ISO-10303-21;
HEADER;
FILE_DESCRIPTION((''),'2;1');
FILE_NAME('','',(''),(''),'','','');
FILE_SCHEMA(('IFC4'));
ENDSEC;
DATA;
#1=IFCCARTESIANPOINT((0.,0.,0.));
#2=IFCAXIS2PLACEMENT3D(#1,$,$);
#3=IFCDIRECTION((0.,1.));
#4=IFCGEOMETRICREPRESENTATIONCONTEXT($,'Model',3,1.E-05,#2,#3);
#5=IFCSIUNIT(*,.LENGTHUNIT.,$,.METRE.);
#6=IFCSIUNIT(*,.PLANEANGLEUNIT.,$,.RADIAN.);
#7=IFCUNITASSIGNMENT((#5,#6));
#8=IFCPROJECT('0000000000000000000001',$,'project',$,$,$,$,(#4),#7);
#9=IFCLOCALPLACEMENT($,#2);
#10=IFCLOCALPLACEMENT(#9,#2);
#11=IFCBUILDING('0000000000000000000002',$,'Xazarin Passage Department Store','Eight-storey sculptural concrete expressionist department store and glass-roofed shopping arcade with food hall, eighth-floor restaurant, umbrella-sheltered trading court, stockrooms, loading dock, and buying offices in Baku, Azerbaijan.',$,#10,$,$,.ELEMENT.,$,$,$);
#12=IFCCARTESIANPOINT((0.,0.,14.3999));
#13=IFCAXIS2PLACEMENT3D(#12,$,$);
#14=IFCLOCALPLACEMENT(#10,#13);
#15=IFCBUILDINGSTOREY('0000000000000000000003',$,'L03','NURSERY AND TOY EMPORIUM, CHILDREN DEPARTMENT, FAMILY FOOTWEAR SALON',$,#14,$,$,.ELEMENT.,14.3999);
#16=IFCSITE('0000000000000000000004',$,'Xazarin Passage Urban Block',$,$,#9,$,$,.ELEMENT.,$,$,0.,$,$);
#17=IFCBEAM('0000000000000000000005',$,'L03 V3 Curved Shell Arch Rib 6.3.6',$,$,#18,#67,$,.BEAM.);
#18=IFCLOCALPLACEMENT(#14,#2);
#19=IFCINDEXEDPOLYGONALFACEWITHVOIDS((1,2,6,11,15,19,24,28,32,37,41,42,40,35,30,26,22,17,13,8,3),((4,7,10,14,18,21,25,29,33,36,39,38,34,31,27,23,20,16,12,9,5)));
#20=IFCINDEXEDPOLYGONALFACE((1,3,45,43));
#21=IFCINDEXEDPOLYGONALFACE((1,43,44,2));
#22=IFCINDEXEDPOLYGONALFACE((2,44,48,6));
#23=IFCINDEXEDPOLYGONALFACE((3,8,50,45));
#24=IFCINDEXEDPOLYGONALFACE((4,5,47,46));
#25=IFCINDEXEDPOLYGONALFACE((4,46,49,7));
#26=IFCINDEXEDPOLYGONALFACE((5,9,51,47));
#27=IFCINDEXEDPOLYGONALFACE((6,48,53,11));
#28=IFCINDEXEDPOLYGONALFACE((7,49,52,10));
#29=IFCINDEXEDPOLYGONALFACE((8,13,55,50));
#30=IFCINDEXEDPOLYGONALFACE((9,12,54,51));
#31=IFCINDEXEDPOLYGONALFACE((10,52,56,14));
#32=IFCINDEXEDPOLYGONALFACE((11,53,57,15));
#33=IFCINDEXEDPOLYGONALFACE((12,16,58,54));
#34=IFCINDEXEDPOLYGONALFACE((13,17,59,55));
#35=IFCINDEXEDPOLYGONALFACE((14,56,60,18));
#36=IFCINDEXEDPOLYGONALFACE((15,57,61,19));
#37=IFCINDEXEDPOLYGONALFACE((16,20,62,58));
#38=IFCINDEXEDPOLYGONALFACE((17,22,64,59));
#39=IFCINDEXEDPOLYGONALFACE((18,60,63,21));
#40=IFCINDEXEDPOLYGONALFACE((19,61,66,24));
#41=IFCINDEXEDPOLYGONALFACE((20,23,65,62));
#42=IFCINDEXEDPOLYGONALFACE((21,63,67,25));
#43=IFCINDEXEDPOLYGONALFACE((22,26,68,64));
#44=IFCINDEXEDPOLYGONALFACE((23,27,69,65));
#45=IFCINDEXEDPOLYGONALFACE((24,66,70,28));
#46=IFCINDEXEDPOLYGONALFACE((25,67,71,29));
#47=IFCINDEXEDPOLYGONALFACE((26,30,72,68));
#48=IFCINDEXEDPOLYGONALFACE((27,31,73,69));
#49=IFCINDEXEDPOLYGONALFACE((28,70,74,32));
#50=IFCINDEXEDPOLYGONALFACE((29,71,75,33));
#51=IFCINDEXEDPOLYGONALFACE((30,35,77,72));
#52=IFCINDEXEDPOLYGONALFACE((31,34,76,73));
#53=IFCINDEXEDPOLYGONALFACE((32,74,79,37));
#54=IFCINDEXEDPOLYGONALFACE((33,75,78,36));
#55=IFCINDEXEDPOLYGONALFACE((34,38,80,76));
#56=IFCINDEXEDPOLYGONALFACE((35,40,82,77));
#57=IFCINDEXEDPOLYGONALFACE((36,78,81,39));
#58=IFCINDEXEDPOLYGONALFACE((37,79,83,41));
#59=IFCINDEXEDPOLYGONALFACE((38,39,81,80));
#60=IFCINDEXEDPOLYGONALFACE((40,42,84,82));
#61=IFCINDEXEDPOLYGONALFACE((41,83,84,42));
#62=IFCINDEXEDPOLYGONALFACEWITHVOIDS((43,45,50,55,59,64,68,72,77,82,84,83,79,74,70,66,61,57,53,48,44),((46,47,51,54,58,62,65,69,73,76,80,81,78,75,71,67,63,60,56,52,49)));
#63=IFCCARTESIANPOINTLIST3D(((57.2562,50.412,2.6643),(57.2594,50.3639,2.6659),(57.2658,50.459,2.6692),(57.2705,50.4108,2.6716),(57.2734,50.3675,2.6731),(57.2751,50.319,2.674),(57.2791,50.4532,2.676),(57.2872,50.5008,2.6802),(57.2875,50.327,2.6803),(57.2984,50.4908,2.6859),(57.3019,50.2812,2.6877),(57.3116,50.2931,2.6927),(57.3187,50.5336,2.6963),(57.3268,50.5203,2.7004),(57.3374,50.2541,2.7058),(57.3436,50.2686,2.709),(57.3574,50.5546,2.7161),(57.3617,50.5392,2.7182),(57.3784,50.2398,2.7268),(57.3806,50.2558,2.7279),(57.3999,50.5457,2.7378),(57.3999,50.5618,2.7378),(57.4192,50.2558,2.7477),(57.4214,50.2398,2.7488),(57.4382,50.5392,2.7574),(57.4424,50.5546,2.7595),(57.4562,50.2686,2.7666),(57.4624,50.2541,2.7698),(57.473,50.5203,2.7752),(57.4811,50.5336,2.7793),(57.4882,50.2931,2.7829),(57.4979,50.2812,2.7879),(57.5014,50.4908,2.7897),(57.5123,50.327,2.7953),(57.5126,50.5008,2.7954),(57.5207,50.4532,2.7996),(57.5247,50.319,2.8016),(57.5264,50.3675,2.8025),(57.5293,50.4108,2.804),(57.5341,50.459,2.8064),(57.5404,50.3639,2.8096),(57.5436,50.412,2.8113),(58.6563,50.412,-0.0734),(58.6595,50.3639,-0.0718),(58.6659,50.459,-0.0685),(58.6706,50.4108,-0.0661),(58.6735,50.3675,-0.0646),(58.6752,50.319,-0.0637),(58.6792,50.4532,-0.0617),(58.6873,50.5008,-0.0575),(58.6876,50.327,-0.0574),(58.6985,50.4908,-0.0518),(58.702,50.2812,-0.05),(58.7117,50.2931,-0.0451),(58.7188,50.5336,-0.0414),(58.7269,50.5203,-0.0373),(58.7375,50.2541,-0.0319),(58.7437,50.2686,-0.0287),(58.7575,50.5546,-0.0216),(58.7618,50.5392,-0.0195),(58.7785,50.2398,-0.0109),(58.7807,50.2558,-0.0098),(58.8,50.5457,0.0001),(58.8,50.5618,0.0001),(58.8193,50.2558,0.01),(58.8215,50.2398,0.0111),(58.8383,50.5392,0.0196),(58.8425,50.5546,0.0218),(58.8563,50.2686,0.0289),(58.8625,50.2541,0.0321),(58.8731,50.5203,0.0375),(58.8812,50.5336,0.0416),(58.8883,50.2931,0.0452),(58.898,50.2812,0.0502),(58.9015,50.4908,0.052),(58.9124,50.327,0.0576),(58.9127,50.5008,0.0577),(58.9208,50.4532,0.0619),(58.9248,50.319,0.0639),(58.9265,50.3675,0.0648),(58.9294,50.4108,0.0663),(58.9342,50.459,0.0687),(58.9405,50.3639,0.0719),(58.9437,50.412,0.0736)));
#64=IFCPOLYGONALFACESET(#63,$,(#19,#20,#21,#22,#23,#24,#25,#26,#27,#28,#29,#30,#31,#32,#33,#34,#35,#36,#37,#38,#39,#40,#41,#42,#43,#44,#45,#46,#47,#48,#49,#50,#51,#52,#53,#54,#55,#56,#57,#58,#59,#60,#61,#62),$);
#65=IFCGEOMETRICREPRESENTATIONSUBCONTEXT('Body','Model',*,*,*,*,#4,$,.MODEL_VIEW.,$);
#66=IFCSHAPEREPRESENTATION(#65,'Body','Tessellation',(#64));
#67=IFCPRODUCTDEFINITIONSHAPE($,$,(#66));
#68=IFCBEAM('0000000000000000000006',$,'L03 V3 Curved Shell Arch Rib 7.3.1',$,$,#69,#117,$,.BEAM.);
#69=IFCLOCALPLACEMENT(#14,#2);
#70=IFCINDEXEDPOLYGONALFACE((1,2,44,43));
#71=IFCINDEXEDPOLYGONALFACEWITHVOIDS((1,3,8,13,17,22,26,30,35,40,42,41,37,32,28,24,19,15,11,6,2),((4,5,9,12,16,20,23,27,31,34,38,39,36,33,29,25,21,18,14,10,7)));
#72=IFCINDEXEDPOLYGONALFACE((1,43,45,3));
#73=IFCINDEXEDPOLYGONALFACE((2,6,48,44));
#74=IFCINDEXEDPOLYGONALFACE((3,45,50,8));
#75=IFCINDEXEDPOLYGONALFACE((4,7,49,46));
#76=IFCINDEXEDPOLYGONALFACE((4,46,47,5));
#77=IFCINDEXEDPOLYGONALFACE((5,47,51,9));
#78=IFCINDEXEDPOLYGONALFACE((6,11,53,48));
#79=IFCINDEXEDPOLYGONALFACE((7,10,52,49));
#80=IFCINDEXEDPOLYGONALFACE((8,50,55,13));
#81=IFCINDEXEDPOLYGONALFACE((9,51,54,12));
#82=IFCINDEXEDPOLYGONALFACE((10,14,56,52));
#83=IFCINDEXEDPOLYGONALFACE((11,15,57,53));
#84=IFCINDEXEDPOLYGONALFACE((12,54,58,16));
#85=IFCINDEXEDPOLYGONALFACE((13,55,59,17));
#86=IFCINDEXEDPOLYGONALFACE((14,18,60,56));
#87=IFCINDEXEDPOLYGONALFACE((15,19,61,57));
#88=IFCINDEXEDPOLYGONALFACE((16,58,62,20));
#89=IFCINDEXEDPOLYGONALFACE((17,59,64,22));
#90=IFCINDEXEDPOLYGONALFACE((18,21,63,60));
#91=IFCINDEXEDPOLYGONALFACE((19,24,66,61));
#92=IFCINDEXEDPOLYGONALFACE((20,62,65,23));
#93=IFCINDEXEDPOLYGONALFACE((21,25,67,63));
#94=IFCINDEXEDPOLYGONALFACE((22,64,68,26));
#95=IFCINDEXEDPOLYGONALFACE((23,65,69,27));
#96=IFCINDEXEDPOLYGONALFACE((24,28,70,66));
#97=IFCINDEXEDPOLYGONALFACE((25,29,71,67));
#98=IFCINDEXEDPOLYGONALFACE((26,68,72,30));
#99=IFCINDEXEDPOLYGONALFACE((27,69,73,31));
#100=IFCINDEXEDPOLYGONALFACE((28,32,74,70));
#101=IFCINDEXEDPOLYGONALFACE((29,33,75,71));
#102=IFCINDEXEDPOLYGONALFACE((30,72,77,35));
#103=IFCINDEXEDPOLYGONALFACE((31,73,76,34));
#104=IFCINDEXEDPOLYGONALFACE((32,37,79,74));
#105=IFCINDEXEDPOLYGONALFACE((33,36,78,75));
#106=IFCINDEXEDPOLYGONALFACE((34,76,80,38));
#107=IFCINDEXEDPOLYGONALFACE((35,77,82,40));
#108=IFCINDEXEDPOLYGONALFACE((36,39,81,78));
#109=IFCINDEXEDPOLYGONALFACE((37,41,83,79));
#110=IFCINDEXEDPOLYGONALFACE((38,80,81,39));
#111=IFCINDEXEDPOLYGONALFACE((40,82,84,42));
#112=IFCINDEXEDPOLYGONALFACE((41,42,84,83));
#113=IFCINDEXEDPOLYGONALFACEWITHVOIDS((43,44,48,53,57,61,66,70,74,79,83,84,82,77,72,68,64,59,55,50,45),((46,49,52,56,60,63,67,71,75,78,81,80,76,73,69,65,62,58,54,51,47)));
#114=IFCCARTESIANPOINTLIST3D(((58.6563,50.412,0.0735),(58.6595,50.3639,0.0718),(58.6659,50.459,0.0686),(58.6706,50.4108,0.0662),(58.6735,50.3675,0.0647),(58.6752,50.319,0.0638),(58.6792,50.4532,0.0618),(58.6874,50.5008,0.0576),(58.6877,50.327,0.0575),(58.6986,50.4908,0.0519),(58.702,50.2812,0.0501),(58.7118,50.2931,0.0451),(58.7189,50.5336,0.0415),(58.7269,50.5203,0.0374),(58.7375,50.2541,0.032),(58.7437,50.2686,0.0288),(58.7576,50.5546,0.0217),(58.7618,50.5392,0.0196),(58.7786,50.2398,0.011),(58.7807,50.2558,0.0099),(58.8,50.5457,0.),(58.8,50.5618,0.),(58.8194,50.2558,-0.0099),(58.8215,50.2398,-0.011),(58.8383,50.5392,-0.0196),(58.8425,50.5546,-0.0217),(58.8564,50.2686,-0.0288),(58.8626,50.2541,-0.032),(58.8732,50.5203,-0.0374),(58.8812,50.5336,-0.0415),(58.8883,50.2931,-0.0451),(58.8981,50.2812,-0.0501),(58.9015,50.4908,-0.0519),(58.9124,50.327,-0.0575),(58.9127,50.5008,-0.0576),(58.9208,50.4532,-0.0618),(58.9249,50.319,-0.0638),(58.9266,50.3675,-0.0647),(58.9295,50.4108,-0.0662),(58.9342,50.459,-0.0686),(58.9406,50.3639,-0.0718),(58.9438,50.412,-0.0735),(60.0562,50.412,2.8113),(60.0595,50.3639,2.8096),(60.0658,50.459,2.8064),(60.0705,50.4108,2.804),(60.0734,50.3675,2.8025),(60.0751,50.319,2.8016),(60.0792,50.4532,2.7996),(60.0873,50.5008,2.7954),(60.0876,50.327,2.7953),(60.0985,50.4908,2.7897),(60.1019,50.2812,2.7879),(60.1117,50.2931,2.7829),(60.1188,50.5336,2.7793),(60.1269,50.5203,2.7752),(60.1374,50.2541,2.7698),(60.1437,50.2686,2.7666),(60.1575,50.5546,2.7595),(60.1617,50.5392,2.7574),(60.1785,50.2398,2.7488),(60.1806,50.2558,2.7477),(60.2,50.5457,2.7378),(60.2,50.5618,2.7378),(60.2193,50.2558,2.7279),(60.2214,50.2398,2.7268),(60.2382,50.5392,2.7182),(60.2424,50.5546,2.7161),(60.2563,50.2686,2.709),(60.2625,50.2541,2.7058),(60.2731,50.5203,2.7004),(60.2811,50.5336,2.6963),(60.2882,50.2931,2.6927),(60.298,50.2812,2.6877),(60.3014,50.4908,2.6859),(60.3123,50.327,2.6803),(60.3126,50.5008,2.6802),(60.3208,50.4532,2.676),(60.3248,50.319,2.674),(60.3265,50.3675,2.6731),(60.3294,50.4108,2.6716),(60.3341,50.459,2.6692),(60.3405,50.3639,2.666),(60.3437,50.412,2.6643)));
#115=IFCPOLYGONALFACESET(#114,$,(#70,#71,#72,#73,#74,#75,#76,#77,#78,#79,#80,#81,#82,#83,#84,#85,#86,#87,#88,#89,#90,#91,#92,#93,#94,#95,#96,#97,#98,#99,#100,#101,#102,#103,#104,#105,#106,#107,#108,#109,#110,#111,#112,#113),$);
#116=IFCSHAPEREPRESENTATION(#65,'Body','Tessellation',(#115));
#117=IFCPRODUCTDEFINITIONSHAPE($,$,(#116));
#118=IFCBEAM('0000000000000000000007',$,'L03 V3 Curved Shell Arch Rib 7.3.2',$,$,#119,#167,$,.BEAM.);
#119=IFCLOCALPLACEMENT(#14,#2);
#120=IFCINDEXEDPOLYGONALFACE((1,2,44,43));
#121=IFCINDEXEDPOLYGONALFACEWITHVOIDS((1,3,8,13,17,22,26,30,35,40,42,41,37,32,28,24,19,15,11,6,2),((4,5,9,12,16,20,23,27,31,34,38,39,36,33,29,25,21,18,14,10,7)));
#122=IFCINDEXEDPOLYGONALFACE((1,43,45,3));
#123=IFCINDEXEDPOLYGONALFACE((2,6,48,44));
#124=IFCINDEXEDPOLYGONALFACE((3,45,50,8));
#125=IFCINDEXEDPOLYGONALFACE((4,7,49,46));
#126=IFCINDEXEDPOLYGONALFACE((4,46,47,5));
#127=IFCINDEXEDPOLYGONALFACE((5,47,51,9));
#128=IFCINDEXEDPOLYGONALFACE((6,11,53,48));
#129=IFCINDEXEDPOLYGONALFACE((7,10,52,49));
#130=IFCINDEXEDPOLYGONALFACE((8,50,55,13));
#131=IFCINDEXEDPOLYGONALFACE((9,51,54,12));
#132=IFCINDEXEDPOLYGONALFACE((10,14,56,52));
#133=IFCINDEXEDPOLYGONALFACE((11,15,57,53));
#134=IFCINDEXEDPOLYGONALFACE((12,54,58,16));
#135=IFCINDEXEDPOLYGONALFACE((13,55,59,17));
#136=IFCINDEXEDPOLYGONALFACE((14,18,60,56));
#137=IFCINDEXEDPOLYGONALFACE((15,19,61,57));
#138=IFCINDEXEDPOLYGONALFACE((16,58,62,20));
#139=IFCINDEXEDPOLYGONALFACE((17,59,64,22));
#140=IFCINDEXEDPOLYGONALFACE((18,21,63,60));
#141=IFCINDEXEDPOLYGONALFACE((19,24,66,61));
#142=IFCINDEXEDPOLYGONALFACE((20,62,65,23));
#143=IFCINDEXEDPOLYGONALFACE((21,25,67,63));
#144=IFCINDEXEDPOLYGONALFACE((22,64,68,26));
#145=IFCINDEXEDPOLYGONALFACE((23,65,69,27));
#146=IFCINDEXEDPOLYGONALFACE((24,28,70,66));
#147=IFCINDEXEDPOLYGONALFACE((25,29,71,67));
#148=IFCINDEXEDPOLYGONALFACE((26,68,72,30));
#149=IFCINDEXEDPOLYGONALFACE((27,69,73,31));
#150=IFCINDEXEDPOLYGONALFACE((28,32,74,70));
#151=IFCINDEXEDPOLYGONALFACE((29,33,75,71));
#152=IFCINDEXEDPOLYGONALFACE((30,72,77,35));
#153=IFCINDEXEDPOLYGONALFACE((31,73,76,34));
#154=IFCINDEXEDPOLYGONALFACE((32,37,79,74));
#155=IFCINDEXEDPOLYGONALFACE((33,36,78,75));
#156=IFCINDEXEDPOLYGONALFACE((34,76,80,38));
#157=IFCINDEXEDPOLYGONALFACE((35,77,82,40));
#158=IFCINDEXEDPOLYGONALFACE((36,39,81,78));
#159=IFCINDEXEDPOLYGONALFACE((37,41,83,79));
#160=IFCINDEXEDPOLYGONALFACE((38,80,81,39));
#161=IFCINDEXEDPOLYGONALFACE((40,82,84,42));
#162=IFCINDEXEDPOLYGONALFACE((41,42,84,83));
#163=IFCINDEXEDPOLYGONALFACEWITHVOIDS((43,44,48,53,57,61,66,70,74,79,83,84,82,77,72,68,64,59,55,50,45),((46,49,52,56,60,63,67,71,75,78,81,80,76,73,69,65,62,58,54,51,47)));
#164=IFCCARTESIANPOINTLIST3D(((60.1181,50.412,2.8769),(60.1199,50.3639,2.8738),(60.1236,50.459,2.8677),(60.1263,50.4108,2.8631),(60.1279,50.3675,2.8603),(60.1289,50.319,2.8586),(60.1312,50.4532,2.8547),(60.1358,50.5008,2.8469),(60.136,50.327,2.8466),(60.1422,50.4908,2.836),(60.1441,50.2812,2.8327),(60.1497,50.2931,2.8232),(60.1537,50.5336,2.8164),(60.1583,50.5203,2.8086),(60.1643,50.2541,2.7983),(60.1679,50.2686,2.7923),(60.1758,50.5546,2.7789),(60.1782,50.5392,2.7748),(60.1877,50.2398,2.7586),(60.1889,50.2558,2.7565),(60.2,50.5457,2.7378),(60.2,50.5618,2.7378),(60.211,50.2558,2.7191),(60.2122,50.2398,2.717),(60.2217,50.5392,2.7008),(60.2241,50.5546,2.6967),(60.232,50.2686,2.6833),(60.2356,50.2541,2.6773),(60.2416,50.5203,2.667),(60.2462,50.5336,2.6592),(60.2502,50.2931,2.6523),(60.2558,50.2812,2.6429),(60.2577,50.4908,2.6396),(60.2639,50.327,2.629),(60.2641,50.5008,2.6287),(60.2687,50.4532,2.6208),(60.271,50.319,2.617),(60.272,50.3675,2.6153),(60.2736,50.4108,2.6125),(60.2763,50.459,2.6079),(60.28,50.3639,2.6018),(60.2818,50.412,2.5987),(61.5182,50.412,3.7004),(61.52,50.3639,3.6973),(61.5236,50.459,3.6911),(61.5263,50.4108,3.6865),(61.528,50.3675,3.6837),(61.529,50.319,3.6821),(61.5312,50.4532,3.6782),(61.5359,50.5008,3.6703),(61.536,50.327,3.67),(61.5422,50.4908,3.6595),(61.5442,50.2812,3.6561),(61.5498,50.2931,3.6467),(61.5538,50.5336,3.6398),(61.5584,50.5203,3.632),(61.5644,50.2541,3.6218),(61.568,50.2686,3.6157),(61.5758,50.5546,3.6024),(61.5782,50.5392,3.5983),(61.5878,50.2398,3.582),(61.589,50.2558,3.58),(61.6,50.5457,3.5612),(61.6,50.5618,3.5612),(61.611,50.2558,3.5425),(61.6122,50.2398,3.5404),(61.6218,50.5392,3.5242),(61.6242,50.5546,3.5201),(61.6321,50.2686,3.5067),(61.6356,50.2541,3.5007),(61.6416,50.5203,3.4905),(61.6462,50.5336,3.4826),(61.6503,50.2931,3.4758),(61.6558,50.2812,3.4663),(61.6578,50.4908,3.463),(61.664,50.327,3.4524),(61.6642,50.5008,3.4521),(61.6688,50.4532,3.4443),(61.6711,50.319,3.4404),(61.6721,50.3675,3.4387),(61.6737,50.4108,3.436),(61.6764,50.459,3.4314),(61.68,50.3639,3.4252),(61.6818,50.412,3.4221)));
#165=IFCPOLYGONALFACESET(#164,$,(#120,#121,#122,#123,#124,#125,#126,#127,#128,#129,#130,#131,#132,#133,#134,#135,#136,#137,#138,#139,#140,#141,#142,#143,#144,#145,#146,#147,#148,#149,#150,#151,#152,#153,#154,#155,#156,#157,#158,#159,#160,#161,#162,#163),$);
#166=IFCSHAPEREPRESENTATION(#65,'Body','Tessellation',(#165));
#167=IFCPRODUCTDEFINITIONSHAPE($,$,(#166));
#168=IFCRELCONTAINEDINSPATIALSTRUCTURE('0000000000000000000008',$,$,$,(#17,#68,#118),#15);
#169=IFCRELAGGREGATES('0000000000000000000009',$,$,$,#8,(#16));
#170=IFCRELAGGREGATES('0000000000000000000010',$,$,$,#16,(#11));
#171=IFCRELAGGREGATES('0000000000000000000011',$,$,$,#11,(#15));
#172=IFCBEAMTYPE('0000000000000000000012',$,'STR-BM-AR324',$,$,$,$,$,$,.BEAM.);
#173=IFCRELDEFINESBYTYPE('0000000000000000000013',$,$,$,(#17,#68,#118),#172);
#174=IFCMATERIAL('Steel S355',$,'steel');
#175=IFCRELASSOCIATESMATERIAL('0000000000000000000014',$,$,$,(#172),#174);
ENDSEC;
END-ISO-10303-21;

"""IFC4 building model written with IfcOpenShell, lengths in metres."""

from ifc_helpers import new_model, si_unit, direction, frame, origin, origin_2d, place, context, subcontext, project, spatial, hollow_circle, extrude, material, material_profile, profile_set, type_object, element, save


model = new_model("IFC4")

# Units and contexts
model_context = context("Model", 3, precision=1e-05, world=origin(), true_north=direction((0.0, 1.0)))
body_context = subcontext(model_context, "Body", "Model", "MODEL_VIEW")
ifc_project = project(units=[si_unit("LENGTHUNIT", "METRE"), si_unit("PLANEANGLEUNIT", "RADIAN")], contexts=[model_context])

# Site, building, storey
site_placement = place(None, origin())
site = spatial("IfcSite", under=ifc_project, at=site_placement, Name="Xazarin Passage Urban Block", CompositionType="ELEMENT", RefElevation=0.0)
building_placement = place(site_placement, origin())
building = spatial("IfcBuilding", under=site, at=building_placement, Name="Xazarin Passage Department Store", Description="Eight-storey sculptural concrete expressionist department store and glass-roofed shopping arcade with food hall, eighth-floor restaurant, umbrella-sheltered trading court, stockrooms, loading dock, and buying offices in Baku, Azerbaijan.", CompositionType="ELEMENT")
storey_placement = place(building_placement, frame((0.0, 0.0, 14.3999)))
storey = spatial("IfcBuildingStorey", under=building, at=storey_placement, Name="L03", Description="NURSERY AND TOY EMPORIUM, CHILDREN DEPARTMENT, FAMILY FOOTWEAR SALON", CompositionType="ELEMENT", Elevation=14.3999)

# Beams
ifc_material_1 = material(Name="Steel S355", Category="steel")
ifc_material_profile_1 = material_profile(ifc_material_1, hollow_circle(Radius=0.1619, WallThickness=0.0161, at=origin_2d()), Name="CHS 323.9x16")
ifc_profile_set_1 = profile_set([ifc_material_profile_1], Name="Steel S355")
beam_type_1 = type_object("IfcBeamType", Name="STR-BM-AR324", PredefinedType="BEAM", material=ifc_profile_set_1)
for number, where, z_axis, x_axis, name in (
    (1, (57.3999, 50.3999, 2.7378), (0.455325, 0.0, -0.890325), (0.0, 1.0, 0.0), "L03 V3 Curved Shell Arch Rib 6.3.6"),
    (2, (58.8, 50.3999, 0.0), (0.455262, 0.0, 0.890357), (0.0, 1.0, 0.0), "L03 V3 Curved Shell Arch Rib 7.3.1"),
):
    element("IfcBeam", number, at=place(storey_placement, frame(where, z_axis=z_axis, x_axis=x_axis)), inside=storey, type_object=beam_type_1, Name=name, PredefinedType="BEAM", context=body_context, shape_type="SweptSolid", body=[
        extrude(hollow_circle(Radius=0.1619, WallThickness=0.0161, at=origin_2d()), origin(), (0.0, 0.0, 1.0), 3.075),
    ])
beam_1_placement = place(storey_placement, frame((60.2, 50.3999, 2.7378), z_axis=(0.861969, 0.0, 0.506961), x_axis=(0.0, 1.0, 0.0)))
element("IfcBeam", 3, at=beam_1_placement, inside=storey, type_object=beam_type_1, Name="L03 V3 Curved Shell Arch Rib 7.3.2", PredefinedType="BEAM", context=body_context, shape_type="SweptSolid", body=[
    extrude(hollow_circle(Radius=0.1619, WallThickness=0.0161, at=origin_2d()), origin(), (0.0, 0.0, 1.0), 1.6243),
])

save(model, "model.ifc")
